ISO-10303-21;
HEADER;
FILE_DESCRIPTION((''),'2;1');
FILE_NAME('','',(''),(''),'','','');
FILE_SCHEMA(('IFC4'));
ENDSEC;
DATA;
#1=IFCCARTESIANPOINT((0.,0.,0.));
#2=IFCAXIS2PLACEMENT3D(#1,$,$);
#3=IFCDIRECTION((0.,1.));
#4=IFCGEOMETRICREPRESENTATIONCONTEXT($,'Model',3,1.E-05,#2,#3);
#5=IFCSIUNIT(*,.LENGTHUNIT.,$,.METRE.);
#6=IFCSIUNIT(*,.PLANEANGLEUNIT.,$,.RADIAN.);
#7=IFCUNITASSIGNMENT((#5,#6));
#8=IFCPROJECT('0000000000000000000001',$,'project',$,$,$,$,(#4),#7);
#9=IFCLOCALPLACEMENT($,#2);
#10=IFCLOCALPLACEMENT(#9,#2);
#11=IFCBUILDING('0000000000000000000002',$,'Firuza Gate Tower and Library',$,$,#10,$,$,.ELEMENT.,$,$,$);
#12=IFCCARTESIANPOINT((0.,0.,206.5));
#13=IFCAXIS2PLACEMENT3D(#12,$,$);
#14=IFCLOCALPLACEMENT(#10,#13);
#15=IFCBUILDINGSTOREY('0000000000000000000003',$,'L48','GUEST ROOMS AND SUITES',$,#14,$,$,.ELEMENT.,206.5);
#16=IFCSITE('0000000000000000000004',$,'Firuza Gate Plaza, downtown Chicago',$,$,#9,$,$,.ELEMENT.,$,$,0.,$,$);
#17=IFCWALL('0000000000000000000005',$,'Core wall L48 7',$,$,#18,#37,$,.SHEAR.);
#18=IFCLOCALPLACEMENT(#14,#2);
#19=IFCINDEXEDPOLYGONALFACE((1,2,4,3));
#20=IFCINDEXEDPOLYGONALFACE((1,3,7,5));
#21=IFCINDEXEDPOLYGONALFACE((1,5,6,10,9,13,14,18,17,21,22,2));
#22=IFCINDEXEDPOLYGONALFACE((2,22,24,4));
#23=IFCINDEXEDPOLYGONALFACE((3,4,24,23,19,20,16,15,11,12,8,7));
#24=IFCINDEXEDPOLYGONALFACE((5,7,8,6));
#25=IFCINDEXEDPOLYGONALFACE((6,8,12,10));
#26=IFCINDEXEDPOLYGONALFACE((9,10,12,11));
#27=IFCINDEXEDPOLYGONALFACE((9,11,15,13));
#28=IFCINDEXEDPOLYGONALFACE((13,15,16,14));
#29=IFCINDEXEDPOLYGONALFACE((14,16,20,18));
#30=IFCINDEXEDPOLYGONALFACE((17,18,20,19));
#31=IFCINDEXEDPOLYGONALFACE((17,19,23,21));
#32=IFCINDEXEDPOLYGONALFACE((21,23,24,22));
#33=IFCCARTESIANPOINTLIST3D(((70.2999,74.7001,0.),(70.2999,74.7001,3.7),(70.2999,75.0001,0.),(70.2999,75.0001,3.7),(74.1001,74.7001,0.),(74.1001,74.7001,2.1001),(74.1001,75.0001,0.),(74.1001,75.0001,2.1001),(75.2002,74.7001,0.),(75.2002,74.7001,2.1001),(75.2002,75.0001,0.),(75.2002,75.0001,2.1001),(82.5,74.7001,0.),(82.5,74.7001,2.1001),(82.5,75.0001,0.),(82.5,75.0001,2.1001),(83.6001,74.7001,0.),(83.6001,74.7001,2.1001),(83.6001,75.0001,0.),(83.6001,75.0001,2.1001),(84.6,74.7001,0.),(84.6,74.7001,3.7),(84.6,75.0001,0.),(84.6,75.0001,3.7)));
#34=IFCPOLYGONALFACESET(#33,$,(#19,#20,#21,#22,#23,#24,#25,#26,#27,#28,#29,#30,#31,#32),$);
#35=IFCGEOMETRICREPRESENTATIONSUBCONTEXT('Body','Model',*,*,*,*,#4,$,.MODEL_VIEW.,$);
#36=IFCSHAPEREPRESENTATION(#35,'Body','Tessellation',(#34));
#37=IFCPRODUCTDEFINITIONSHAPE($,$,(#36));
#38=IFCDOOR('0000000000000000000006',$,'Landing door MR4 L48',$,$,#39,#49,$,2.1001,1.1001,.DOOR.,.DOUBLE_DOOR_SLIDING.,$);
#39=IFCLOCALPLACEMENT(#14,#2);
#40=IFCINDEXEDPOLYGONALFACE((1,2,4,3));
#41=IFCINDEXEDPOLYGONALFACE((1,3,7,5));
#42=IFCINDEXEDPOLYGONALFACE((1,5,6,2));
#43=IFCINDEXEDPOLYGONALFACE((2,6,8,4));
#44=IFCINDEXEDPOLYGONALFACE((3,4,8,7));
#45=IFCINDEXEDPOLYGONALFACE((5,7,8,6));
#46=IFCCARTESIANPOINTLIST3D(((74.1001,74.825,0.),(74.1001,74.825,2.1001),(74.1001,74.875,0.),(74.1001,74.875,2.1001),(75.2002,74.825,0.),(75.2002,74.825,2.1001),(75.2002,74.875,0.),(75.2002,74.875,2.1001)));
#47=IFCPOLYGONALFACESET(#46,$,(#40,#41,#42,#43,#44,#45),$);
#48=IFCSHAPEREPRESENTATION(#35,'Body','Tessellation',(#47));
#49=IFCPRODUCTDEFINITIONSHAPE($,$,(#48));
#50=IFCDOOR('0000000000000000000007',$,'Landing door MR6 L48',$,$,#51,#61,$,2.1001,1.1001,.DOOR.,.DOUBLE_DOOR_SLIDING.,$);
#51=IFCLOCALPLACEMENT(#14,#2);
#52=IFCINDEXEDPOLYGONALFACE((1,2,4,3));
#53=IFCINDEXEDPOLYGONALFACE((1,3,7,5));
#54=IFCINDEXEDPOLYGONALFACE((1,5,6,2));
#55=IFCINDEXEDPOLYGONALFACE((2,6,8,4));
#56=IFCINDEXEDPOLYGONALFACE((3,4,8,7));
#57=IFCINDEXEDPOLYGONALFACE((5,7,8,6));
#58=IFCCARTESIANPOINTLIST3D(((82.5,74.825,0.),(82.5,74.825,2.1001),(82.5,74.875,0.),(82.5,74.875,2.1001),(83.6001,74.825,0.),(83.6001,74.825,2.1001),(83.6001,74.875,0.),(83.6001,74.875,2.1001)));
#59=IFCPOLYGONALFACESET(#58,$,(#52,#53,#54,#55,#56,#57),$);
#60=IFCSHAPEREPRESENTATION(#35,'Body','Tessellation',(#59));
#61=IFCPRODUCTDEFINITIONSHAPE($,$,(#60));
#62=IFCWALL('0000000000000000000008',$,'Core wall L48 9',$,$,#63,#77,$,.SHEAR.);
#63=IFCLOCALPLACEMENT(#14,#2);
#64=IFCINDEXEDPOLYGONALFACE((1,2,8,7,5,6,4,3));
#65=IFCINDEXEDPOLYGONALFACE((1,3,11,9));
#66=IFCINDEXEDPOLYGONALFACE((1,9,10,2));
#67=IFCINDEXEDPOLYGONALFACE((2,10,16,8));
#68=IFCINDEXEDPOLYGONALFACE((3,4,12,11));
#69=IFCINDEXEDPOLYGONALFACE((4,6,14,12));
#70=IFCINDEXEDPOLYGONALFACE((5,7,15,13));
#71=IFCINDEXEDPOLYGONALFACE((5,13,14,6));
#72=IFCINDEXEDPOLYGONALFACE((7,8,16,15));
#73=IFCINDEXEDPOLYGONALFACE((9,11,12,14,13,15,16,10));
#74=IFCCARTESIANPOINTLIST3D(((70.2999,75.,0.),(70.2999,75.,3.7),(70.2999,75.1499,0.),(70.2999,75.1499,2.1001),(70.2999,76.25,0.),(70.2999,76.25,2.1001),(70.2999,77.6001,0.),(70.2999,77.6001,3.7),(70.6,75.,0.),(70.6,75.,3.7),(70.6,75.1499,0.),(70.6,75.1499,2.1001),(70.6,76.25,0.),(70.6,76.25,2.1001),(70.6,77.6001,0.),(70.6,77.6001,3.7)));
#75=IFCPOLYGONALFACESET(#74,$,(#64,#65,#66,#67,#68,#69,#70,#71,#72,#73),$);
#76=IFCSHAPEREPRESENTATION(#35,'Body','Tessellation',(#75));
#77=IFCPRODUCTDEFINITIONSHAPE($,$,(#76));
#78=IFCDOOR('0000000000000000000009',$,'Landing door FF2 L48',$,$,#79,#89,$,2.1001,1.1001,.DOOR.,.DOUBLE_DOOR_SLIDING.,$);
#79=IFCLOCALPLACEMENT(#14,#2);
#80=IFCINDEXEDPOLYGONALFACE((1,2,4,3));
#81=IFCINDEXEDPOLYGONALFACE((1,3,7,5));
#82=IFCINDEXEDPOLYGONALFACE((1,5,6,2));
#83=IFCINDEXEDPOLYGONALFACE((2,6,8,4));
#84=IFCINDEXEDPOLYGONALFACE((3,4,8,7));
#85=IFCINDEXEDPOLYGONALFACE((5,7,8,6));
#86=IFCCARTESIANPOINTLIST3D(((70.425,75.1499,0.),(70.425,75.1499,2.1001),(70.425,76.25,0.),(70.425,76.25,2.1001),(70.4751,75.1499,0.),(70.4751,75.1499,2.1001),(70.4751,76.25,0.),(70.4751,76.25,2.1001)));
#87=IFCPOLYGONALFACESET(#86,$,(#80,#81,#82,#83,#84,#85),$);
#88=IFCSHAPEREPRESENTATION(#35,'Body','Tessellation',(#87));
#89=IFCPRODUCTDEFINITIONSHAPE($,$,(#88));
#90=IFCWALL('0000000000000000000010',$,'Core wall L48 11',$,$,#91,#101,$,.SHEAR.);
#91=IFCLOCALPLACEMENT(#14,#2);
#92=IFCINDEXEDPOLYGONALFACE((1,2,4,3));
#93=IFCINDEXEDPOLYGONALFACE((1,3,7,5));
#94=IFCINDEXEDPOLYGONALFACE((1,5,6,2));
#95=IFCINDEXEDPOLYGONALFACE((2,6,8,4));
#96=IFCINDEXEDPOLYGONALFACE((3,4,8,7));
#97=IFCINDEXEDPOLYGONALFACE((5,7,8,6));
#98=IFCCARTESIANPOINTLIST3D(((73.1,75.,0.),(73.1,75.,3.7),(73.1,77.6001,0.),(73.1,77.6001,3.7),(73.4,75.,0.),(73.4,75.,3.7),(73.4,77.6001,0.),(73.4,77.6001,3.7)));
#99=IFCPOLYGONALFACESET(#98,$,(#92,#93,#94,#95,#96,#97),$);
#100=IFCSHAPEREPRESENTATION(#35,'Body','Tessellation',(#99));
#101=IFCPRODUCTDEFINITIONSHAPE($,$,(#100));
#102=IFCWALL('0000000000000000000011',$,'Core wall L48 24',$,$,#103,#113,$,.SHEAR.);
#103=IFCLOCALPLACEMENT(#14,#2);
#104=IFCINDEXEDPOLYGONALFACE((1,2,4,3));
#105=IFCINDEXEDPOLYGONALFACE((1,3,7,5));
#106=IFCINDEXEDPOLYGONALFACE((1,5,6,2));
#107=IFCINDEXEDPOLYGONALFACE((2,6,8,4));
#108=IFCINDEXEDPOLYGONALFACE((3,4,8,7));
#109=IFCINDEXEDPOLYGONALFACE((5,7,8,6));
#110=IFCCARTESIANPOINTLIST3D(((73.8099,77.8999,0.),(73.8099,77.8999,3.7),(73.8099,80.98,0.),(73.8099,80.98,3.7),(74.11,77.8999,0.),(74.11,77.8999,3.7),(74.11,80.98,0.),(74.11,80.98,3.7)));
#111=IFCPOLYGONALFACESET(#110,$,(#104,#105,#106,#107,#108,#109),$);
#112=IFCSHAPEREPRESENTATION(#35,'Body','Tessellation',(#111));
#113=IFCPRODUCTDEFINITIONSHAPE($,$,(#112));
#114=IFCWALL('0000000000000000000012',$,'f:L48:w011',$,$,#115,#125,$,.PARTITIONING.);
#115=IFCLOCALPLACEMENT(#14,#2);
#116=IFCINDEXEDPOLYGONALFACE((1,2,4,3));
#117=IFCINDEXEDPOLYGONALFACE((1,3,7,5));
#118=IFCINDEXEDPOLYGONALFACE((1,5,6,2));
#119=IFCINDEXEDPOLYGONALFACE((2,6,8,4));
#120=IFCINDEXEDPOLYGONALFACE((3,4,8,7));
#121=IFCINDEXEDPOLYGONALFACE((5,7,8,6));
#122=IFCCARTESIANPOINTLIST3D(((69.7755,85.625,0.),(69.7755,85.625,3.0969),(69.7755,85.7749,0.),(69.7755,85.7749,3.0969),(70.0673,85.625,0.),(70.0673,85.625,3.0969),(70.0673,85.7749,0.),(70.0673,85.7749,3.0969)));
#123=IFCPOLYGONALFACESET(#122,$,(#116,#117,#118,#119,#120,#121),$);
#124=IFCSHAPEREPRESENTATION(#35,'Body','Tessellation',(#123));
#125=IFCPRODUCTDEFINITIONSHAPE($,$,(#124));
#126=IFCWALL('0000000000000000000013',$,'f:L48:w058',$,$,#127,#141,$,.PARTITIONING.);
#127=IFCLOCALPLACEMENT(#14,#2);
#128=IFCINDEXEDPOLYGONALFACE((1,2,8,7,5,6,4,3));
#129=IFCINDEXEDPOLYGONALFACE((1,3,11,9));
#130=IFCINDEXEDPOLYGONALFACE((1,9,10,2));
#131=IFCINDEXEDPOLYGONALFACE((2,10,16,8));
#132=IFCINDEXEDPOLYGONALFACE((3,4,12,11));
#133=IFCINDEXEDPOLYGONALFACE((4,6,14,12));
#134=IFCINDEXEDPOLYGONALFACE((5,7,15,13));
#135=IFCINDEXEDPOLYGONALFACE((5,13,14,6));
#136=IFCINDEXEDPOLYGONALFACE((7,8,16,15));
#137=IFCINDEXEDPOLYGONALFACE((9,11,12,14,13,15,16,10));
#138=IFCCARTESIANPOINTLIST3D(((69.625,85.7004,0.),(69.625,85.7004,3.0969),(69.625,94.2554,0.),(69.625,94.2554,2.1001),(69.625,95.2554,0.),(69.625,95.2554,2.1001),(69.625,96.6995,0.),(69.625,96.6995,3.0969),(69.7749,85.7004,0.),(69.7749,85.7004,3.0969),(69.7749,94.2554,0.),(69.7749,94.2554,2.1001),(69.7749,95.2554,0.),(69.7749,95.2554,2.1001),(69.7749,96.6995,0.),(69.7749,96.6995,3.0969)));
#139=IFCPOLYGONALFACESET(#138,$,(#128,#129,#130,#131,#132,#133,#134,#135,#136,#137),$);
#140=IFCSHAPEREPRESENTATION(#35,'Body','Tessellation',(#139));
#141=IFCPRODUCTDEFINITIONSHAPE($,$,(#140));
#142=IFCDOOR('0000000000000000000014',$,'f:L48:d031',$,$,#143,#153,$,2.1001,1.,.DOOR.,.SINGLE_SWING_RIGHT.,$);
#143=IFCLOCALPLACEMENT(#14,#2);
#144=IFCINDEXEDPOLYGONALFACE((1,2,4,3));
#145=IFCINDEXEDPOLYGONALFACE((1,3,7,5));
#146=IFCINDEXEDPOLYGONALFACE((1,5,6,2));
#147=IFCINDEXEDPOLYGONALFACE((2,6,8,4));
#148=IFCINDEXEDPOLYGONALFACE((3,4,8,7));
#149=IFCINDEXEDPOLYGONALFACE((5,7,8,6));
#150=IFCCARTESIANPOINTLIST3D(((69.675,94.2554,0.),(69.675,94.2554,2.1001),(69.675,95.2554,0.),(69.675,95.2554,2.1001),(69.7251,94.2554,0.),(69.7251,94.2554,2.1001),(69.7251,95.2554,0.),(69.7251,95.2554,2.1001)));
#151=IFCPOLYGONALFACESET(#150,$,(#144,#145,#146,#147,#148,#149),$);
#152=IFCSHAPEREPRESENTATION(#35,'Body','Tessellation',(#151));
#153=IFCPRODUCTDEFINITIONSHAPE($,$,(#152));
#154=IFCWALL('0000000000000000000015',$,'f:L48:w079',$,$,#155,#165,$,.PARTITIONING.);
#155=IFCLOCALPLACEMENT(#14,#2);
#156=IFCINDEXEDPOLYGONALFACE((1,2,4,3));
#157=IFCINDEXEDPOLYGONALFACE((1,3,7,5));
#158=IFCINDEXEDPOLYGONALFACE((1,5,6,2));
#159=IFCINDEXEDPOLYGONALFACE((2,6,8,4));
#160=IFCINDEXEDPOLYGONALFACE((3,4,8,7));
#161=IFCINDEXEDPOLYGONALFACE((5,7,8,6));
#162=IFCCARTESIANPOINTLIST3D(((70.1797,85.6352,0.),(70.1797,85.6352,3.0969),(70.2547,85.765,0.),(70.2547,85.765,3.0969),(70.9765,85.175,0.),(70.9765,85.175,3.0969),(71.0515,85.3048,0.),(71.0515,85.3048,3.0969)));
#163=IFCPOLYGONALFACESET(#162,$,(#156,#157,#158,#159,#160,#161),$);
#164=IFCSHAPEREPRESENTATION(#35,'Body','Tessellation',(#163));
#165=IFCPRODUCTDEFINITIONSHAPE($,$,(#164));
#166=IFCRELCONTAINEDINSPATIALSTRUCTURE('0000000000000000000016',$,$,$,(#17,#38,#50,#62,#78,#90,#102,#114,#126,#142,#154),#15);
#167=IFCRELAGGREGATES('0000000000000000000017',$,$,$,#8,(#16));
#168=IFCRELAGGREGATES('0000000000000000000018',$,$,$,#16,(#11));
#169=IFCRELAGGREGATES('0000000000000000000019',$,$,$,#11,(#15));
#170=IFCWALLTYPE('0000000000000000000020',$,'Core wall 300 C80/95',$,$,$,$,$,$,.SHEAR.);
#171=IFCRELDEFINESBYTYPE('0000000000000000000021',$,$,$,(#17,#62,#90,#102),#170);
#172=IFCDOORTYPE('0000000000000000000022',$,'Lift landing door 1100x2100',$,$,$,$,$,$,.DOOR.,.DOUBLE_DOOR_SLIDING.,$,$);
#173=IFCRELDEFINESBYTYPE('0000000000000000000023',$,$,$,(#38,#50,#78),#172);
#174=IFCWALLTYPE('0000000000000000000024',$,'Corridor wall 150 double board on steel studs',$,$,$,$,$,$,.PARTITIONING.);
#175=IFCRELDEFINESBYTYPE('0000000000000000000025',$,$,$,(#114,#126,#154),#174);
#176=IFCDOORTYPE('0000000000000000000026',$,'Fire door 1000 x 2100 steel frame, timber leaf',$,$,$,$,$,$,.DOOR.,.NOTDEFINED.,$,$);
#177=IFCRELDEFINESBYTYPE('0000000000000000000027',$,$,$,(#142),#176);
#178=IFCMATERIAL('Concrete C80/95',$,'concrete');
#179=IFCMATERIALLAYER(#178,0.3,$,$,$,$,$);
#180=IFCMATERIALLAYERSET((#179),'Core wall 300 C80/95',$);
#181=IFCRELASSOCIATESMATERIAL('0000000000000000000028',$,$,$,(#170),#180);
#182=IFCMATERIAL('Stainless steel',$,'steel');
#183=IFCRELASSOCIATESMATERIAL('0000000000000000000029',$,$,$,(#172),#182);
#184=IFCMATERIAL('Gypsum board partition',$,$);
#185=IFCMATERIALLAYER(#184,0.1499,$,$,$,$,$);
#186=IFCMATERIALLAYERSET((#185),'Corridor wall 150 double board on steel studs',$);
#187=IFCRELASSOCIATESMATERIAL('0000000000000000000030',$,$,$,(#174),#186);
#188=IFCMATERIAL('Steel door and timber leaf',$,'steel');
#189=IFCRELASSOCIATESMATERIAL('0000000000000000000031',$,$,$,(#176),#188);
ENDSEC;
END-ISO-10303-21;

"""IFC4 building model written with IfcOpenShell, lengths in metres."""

from ifc_helpers import new_model, si_unit, direction, frame, frame_2d, origin, place, context, subcontext, project, spatial, rectangle, extrude, material, layer, layer_set, type_object, element, fill, save


model = new_model("IFC4")

# Units and contexts
model_context = context("Model", 3, precision=1e-05, world=origin(), true_north=direction((0.0, 1.0)))
body_context = subcontext(model_context, "Body", "Model", "MODEL_VIEW")
ifc_project = project(units=[si_unit("LENGTHUNIT", "METRE"), si_unit("PLANEANGLEUNIT", "RADIAN")], contexts=[model_context])

# Site, building, storey
site_placement = place(None, origin())
site = spatial("IfcSite", under=ifc_project, at=site_placement, Name="Firuza Gate Plaza, downtown Chicago", CompositionType="ELEMENT", RefElevation=0.0)
building_placement = place(site_placement, origin())
building = spatial("IfcBuilding", under=site, at=building_placement, Name="Firuza Gate Tower and Library", CompositionType="ELEMENT")
storey_placement = place(building_placement, frame((0.0, 0.0, 206.5)))
storey = spatial("IfcBuildingStorey", under=building, at=storey_placement, Name="L48", Description="GUEST ROOMS AND SUITES", CompositionType="ELEMENT", Elevation=206.5)

# Wall, openings, doors
ifc_material_1 = material(Name="Concrete C80/95", Category="concrete")
ifc_layer_1 = layer(ifc_material_1, 0.3)
ifc_layer_set_1 = layer_set([ifc_layer_1], Name="Core wall 300 C80/95")
wall_type_1 = type_object("IfcWallType", Name="Core wall 300 C80/95", PredefinedType="SHEAR", material=ifc_layer_set_1)
ifc_material_2 = material(Name="Stainless steel", Category="steel")
door_type_1 = type_object("IfcDoorType", Name="Lift landing door 1100x2100", OperationType="DOUBLE_DOOR_SLIDING", PredefinedType="DOOR", material=ifc_material_2)
wall_1_placement = place(storey_placement, frame((70.3, 74.8501, 0.0), z_axis=(0.0, 0.0, 1.0), x_axis=(1.0, 0.0, 0.0)))
wall_1 = element("IfcWall", 1, at=wall_1_placement, inside=storey, type_object=wall_type_1, Name="Core wall L48 7", PredefinedType="SHEAR", context=body_context, shape_type="SweptSolid", body=[
    extrude(rectangle(XDim=14.3, YDim=0.3, at=frame_2d((7.1499, 0.0))), origin(), (0.0, 0.0, 1.0), 3.7),
])
opening_1_placement = place(wall_1_placement, frame((3.8, 0.0, 0.0)))
opening_1 = element("IfcOpeningElement", 2, at=opening_1_placement, cuts=wall_1, PredefinedType="OPENING", context=body_context, shape_type="SweptSolid", body=[
    extrude(rectangle(XDim=1.1001, YDim=2.1001, at=frame_2d((0.55, 1.05))), frame((0.0, 0.1602, 0.0), z_axis=(0.0, -1.0, 0.0), x_axis=(1.0, 0.0, 0.0)), (0.0, 0.0, 1.0), 0.3201),
])
opening_2_placement = place(wall_1_placement, frame((12.2, 0.0, 0.0)))
opening_2 = element("IfcOpeningElement", 3, at=opening_2_placement, cuts=wall_1, PredefinedType="OPENING", context=body_context, shape_type="SweptSolid", body=[
    extrude(rectangle(XDim=1.1001, YDim=2.1001, at=frame_2d((0.55, 1.05))), frame((0.0, 0.1602, 0.0), z_axis=(0.0, -1.0, 0.0), x_axis=(1.0, 0.0, 0.0)), (0.0, 0.0, 1.0), 0.3201),
])
door_1_placement = place(opening_1_placement, origin())
door_1 = element("IfcDoor", 4, at=door_1_placement, inside=storey, type_object=door_type_1, Name="Landing door MR4 L48", OperationType="DOUBLE_DOOR_SLIDING", OverallHeight=2.1001, OverallWidth=1.1001, PredefinedType="DOOR", context=body_context, shape_type="SweptSolid", body=[
    extrude(rectangle(XDim=1.1001, YDim=2.1001, at=frame_2d((0.55, 1.05))), frame((0.0, 0.0249, 0.0), z_axis=(0.0, -1.0, 0.0), x_axis=(1.0, 0.0, 0.0)), (0.0, 0.0, 1.0), 0.05),
])
fill(opening_1, door_1)
door_2_placement = place(opening_2_placement, origin())
door_2 = element("IfcDoor", 5, at=door_2_placement, inside=storey, type_object=door_type_1, Name="Landing door MR6 L48", OperationType="DOUBLE_DOOR_SLIDING", OverallHeight=2.1001, OverallWidth=1.1001, PredefinedType="DOOR", context=body_context, shape_type="SweptSolid", body=[
    extrude(rectangle(XDim=1.1001, YDim=2.1001, at=frame_2d((0.55, 1.05))), frame((0.0, 0.0249, 0.0), z_axis=(0.0, -1.0, 0.0), x_axis=(1.0, 0.0, 0.0)), (0.0, 0.0, 1.0), 0.05),
])
fill(opening_2, door_2)

# Wall, opening, door
wall_2_placement = place(storey_placement, frame((70.45, 75.0, 0.0), z_axis=(0.0, 0.0, 1.0), x_axis=(0.0, 1.0, 0.0)))
wall_2 = element("IfcWall", 6, at=wall_2_placement, inside=storey, type_object=wall_type_1, Name="Core wall L48 9", PredefinedType="SHEAR", context=body_context, shape_type="SweptSolid", body=[
    extrude(rectangle(XDim=2.6001, YDim=0.3, at=frame_2d((1.3, 0.0))), origin(), (0.0, 0.0, 1.0), 3.7),
])
opening_3_placement = place(wall_2_placement, frame((0.1499, 0.0, 0.0)))
opening_3 = element("IfcOpeningElement", 7, at=opening_3_placement, cuts=wall_2, PredefinedType="OPENING", context=body_context, shape_type="SweptSolid", body=[
    extrude(rectangle(XDim=1.1001, YDim=2.1001, at=frame_2d((0.55, 1.05))), frame((0.0, 0.1602, 0.0), z_axis=(0.0, -1.0, 0.0), x_axis=(1.0, 0.0, 0.0)), (0.0, 0.0, 1.0), 0.3201),
])
door_3_placement = place(opening_3_placement, origin())
door_3 = element("IfcDoor", 8, at=door_3_placement, inside=storey, type_object=door_type_1, Name="Landing door FF2 L48", OperationType="DOUBLE_DOOR_SLIDING", OverallHeight=2.1001, OverallWidth=1.1001, PredefinedType="DOOR", context=body_context, shape_type="SweptSolid", body=[
    extrude(rectangle(XDim=1.1001, YDim=2.1001, at=frame_2d((0.55, 1.05))), frame((0.0, 0.0249, 0.0), z_axis=(0.0, -1.0, 0.0), x_axis=(1.0, 0.0, 0.0)), (0.0, 0.0, 1.0), 0.05),
])
fill(opening_3, door_3)

# Walls
wall_3_placement = place(storey_placement, frame((73.25, 75.0, 0.0), z_axis=(0.0, 0.0, 1.0), x_axis=(0.0, 1.0, 0.0)))
element("IfcWall", 9, at=wall_3_placement, inside=storey, type_object=wall_type_1, Name="Core wall L48 11", PredefinedType="SHEAR", context=body_context, shape_type="SweptSolid", body=[
    extrude(rectangle(XDim=2.6001, YDim=0.3, at=frame_2d((1.3, 0.0))), origin(), (0.0, 0.0, 1.0), 3.7),
])
wall_4_placement = place(storey_placement, frame((73.96, 77.8999, 0.0), z_axis=(0.0, 0.0, 1.0), x_axis=(0.0, 1.0, 0.0)))
element("IfcWall", 10, at=wall_4_placement, inside=storey, type_object=wall_type_1, Name="Core wall L48 24", PredefinedType="SHEAR", context=body_context, shape_type="SweptSolid", body=[
    extrude(rectangle(XDim=3.0801, YDim=0.3, at=frame_2d((1.54, 0.0))), origin(), (0.0, 0.0, 1.0), 3.7),
])
ifc_material_3 = material(Name="Gypsum board partition")
ifc_layer_2 = layer(ifc_material_3, 0.1499)
ifc_layer_set_2 = layer_set([ifc_layer_2], Name="Corridor wall 150 double board on steel studs")
wall_type_2 = type_object("IfcWallType", Name="Corridor wall 150 double board on steel studs", PredefinedType="PARTITIONING", material=ifc_layer_set_2)
wall_5_placement = place(storey_placement, frame((69.7754, 85.7, 0.0), z_axis=(0.0, 0.0, 1.0), x_axis=(1.0, 0.0, 0.0)))
element("IfcWall", 11, at=wall_5_placement, inside=storey, type_object=wall_type_2, Name="f:L48:w011", PredefinedType="PARTITIONING", context=body_context, shape_type="SweptSolid", body=[
    extrude(rectangle(XDim=0.2917, YDim=0.1499, at=frame_2d((0.146, 0.0))), origin(), (0.0, 0.0, 1.0), 3.0969),
])

# Wall, opening, door
wall_6_placement = place(storey_placement, frame((69.7, 85.7004, 0.0), z_axis=(0.0, 0.0, 1.0), x_axis=(0.0, 1.0, 0.0)))
wall_6 = element("IfcWall", 12, at=wall_6_placement, inside=storey, type_object=wall_type_2, Name="f:L48:w058", PredefinedType="PARTITIONING", context=body_context, shape_type="SweptSolid", body=[
    extrude(rectangle(XDim=10.999, YDim=0.1499, at=frame_2d((5.4995, 0.0))), origin(), (0.0, 0.0, 1.0), 3.0969),
])
opening_4_placement = place(wall_6_placement, frame((8.5549, 0.0, 0.0)))
opening_4 = element("IfcOpeningElement", 13, at=opening_4_placement, cuts=wall_6, PredefinedType="OPENING", context=body_context, shape_type="SweptSolid", body=[
    extrude(rectangle(XDim=1.0, YDim=2.1001, at=frame_2d((0.5, 1.05))), frame((0.0, 0.085, 0.0), z_axis=(0.0, -1.0, 0.0), x_axis=(1.0, 0.0, 0.0)), (0.0, 0.0, 1.0), 0.1699),
])
ifc_material_4 = material(Name="Steel door and timber leaf", Category="steel")
door_type_2 = type_object("IfcDoorType", Name="Fire door 1000 x 2100 steel frame, timber leaf", OperationType="NOTDEFINED", PredefinedType="DOOR", material=ifc_material_4)
door_4_placement = place(opening_4_placement, origin())
door_4 = element("IfcDoor", 14, at=door_4_placement, inside=storey, type_object=door_type_2, Name="f:L48:d031", OperationType="SINGLE_SWING_RIGHT", OverallHeight=2.1001, OverallWidth=1.0, PredefinedType="DOOR", context=body_context, shape_type="SweptSolid", body=[
    extrude(rectangle(XDim=1.0, YDim=2.1001, at=frame_2d((0.5, 1.05))), frame((0.0, 0.0249, 0.0), z_axis=(0.0, -1.0, 0.0), x_axis=(1.0, 0.0, 0.0)), (0.0, 0.0, 1.0), 0.05),
])
fill(opening_4, door_4)

# Wall
wall_7_placement = place(storey_placement, frame((71.0139, 85.24, 0.0), z_axis=(0.0, 0.0, 1.0), x_axis=(-0.865965, 0.500105, 0.0)))
element("IfcWall", 15, at=wall_7_placement, inside=storey, type_object=wall_type_2, Name="f:L48:w079", PredefinedType="PARTITIONING", context=body_context, shape_type="SweptSolid", body=[
    extrude(rectangle(XDim=0.9202, YDim=0.1499, at=frame_2d((0.46, 0.0))), origin(), (0.0, 0.0, 1.0), 3.0969),
])

save(model, "model.ifc")
